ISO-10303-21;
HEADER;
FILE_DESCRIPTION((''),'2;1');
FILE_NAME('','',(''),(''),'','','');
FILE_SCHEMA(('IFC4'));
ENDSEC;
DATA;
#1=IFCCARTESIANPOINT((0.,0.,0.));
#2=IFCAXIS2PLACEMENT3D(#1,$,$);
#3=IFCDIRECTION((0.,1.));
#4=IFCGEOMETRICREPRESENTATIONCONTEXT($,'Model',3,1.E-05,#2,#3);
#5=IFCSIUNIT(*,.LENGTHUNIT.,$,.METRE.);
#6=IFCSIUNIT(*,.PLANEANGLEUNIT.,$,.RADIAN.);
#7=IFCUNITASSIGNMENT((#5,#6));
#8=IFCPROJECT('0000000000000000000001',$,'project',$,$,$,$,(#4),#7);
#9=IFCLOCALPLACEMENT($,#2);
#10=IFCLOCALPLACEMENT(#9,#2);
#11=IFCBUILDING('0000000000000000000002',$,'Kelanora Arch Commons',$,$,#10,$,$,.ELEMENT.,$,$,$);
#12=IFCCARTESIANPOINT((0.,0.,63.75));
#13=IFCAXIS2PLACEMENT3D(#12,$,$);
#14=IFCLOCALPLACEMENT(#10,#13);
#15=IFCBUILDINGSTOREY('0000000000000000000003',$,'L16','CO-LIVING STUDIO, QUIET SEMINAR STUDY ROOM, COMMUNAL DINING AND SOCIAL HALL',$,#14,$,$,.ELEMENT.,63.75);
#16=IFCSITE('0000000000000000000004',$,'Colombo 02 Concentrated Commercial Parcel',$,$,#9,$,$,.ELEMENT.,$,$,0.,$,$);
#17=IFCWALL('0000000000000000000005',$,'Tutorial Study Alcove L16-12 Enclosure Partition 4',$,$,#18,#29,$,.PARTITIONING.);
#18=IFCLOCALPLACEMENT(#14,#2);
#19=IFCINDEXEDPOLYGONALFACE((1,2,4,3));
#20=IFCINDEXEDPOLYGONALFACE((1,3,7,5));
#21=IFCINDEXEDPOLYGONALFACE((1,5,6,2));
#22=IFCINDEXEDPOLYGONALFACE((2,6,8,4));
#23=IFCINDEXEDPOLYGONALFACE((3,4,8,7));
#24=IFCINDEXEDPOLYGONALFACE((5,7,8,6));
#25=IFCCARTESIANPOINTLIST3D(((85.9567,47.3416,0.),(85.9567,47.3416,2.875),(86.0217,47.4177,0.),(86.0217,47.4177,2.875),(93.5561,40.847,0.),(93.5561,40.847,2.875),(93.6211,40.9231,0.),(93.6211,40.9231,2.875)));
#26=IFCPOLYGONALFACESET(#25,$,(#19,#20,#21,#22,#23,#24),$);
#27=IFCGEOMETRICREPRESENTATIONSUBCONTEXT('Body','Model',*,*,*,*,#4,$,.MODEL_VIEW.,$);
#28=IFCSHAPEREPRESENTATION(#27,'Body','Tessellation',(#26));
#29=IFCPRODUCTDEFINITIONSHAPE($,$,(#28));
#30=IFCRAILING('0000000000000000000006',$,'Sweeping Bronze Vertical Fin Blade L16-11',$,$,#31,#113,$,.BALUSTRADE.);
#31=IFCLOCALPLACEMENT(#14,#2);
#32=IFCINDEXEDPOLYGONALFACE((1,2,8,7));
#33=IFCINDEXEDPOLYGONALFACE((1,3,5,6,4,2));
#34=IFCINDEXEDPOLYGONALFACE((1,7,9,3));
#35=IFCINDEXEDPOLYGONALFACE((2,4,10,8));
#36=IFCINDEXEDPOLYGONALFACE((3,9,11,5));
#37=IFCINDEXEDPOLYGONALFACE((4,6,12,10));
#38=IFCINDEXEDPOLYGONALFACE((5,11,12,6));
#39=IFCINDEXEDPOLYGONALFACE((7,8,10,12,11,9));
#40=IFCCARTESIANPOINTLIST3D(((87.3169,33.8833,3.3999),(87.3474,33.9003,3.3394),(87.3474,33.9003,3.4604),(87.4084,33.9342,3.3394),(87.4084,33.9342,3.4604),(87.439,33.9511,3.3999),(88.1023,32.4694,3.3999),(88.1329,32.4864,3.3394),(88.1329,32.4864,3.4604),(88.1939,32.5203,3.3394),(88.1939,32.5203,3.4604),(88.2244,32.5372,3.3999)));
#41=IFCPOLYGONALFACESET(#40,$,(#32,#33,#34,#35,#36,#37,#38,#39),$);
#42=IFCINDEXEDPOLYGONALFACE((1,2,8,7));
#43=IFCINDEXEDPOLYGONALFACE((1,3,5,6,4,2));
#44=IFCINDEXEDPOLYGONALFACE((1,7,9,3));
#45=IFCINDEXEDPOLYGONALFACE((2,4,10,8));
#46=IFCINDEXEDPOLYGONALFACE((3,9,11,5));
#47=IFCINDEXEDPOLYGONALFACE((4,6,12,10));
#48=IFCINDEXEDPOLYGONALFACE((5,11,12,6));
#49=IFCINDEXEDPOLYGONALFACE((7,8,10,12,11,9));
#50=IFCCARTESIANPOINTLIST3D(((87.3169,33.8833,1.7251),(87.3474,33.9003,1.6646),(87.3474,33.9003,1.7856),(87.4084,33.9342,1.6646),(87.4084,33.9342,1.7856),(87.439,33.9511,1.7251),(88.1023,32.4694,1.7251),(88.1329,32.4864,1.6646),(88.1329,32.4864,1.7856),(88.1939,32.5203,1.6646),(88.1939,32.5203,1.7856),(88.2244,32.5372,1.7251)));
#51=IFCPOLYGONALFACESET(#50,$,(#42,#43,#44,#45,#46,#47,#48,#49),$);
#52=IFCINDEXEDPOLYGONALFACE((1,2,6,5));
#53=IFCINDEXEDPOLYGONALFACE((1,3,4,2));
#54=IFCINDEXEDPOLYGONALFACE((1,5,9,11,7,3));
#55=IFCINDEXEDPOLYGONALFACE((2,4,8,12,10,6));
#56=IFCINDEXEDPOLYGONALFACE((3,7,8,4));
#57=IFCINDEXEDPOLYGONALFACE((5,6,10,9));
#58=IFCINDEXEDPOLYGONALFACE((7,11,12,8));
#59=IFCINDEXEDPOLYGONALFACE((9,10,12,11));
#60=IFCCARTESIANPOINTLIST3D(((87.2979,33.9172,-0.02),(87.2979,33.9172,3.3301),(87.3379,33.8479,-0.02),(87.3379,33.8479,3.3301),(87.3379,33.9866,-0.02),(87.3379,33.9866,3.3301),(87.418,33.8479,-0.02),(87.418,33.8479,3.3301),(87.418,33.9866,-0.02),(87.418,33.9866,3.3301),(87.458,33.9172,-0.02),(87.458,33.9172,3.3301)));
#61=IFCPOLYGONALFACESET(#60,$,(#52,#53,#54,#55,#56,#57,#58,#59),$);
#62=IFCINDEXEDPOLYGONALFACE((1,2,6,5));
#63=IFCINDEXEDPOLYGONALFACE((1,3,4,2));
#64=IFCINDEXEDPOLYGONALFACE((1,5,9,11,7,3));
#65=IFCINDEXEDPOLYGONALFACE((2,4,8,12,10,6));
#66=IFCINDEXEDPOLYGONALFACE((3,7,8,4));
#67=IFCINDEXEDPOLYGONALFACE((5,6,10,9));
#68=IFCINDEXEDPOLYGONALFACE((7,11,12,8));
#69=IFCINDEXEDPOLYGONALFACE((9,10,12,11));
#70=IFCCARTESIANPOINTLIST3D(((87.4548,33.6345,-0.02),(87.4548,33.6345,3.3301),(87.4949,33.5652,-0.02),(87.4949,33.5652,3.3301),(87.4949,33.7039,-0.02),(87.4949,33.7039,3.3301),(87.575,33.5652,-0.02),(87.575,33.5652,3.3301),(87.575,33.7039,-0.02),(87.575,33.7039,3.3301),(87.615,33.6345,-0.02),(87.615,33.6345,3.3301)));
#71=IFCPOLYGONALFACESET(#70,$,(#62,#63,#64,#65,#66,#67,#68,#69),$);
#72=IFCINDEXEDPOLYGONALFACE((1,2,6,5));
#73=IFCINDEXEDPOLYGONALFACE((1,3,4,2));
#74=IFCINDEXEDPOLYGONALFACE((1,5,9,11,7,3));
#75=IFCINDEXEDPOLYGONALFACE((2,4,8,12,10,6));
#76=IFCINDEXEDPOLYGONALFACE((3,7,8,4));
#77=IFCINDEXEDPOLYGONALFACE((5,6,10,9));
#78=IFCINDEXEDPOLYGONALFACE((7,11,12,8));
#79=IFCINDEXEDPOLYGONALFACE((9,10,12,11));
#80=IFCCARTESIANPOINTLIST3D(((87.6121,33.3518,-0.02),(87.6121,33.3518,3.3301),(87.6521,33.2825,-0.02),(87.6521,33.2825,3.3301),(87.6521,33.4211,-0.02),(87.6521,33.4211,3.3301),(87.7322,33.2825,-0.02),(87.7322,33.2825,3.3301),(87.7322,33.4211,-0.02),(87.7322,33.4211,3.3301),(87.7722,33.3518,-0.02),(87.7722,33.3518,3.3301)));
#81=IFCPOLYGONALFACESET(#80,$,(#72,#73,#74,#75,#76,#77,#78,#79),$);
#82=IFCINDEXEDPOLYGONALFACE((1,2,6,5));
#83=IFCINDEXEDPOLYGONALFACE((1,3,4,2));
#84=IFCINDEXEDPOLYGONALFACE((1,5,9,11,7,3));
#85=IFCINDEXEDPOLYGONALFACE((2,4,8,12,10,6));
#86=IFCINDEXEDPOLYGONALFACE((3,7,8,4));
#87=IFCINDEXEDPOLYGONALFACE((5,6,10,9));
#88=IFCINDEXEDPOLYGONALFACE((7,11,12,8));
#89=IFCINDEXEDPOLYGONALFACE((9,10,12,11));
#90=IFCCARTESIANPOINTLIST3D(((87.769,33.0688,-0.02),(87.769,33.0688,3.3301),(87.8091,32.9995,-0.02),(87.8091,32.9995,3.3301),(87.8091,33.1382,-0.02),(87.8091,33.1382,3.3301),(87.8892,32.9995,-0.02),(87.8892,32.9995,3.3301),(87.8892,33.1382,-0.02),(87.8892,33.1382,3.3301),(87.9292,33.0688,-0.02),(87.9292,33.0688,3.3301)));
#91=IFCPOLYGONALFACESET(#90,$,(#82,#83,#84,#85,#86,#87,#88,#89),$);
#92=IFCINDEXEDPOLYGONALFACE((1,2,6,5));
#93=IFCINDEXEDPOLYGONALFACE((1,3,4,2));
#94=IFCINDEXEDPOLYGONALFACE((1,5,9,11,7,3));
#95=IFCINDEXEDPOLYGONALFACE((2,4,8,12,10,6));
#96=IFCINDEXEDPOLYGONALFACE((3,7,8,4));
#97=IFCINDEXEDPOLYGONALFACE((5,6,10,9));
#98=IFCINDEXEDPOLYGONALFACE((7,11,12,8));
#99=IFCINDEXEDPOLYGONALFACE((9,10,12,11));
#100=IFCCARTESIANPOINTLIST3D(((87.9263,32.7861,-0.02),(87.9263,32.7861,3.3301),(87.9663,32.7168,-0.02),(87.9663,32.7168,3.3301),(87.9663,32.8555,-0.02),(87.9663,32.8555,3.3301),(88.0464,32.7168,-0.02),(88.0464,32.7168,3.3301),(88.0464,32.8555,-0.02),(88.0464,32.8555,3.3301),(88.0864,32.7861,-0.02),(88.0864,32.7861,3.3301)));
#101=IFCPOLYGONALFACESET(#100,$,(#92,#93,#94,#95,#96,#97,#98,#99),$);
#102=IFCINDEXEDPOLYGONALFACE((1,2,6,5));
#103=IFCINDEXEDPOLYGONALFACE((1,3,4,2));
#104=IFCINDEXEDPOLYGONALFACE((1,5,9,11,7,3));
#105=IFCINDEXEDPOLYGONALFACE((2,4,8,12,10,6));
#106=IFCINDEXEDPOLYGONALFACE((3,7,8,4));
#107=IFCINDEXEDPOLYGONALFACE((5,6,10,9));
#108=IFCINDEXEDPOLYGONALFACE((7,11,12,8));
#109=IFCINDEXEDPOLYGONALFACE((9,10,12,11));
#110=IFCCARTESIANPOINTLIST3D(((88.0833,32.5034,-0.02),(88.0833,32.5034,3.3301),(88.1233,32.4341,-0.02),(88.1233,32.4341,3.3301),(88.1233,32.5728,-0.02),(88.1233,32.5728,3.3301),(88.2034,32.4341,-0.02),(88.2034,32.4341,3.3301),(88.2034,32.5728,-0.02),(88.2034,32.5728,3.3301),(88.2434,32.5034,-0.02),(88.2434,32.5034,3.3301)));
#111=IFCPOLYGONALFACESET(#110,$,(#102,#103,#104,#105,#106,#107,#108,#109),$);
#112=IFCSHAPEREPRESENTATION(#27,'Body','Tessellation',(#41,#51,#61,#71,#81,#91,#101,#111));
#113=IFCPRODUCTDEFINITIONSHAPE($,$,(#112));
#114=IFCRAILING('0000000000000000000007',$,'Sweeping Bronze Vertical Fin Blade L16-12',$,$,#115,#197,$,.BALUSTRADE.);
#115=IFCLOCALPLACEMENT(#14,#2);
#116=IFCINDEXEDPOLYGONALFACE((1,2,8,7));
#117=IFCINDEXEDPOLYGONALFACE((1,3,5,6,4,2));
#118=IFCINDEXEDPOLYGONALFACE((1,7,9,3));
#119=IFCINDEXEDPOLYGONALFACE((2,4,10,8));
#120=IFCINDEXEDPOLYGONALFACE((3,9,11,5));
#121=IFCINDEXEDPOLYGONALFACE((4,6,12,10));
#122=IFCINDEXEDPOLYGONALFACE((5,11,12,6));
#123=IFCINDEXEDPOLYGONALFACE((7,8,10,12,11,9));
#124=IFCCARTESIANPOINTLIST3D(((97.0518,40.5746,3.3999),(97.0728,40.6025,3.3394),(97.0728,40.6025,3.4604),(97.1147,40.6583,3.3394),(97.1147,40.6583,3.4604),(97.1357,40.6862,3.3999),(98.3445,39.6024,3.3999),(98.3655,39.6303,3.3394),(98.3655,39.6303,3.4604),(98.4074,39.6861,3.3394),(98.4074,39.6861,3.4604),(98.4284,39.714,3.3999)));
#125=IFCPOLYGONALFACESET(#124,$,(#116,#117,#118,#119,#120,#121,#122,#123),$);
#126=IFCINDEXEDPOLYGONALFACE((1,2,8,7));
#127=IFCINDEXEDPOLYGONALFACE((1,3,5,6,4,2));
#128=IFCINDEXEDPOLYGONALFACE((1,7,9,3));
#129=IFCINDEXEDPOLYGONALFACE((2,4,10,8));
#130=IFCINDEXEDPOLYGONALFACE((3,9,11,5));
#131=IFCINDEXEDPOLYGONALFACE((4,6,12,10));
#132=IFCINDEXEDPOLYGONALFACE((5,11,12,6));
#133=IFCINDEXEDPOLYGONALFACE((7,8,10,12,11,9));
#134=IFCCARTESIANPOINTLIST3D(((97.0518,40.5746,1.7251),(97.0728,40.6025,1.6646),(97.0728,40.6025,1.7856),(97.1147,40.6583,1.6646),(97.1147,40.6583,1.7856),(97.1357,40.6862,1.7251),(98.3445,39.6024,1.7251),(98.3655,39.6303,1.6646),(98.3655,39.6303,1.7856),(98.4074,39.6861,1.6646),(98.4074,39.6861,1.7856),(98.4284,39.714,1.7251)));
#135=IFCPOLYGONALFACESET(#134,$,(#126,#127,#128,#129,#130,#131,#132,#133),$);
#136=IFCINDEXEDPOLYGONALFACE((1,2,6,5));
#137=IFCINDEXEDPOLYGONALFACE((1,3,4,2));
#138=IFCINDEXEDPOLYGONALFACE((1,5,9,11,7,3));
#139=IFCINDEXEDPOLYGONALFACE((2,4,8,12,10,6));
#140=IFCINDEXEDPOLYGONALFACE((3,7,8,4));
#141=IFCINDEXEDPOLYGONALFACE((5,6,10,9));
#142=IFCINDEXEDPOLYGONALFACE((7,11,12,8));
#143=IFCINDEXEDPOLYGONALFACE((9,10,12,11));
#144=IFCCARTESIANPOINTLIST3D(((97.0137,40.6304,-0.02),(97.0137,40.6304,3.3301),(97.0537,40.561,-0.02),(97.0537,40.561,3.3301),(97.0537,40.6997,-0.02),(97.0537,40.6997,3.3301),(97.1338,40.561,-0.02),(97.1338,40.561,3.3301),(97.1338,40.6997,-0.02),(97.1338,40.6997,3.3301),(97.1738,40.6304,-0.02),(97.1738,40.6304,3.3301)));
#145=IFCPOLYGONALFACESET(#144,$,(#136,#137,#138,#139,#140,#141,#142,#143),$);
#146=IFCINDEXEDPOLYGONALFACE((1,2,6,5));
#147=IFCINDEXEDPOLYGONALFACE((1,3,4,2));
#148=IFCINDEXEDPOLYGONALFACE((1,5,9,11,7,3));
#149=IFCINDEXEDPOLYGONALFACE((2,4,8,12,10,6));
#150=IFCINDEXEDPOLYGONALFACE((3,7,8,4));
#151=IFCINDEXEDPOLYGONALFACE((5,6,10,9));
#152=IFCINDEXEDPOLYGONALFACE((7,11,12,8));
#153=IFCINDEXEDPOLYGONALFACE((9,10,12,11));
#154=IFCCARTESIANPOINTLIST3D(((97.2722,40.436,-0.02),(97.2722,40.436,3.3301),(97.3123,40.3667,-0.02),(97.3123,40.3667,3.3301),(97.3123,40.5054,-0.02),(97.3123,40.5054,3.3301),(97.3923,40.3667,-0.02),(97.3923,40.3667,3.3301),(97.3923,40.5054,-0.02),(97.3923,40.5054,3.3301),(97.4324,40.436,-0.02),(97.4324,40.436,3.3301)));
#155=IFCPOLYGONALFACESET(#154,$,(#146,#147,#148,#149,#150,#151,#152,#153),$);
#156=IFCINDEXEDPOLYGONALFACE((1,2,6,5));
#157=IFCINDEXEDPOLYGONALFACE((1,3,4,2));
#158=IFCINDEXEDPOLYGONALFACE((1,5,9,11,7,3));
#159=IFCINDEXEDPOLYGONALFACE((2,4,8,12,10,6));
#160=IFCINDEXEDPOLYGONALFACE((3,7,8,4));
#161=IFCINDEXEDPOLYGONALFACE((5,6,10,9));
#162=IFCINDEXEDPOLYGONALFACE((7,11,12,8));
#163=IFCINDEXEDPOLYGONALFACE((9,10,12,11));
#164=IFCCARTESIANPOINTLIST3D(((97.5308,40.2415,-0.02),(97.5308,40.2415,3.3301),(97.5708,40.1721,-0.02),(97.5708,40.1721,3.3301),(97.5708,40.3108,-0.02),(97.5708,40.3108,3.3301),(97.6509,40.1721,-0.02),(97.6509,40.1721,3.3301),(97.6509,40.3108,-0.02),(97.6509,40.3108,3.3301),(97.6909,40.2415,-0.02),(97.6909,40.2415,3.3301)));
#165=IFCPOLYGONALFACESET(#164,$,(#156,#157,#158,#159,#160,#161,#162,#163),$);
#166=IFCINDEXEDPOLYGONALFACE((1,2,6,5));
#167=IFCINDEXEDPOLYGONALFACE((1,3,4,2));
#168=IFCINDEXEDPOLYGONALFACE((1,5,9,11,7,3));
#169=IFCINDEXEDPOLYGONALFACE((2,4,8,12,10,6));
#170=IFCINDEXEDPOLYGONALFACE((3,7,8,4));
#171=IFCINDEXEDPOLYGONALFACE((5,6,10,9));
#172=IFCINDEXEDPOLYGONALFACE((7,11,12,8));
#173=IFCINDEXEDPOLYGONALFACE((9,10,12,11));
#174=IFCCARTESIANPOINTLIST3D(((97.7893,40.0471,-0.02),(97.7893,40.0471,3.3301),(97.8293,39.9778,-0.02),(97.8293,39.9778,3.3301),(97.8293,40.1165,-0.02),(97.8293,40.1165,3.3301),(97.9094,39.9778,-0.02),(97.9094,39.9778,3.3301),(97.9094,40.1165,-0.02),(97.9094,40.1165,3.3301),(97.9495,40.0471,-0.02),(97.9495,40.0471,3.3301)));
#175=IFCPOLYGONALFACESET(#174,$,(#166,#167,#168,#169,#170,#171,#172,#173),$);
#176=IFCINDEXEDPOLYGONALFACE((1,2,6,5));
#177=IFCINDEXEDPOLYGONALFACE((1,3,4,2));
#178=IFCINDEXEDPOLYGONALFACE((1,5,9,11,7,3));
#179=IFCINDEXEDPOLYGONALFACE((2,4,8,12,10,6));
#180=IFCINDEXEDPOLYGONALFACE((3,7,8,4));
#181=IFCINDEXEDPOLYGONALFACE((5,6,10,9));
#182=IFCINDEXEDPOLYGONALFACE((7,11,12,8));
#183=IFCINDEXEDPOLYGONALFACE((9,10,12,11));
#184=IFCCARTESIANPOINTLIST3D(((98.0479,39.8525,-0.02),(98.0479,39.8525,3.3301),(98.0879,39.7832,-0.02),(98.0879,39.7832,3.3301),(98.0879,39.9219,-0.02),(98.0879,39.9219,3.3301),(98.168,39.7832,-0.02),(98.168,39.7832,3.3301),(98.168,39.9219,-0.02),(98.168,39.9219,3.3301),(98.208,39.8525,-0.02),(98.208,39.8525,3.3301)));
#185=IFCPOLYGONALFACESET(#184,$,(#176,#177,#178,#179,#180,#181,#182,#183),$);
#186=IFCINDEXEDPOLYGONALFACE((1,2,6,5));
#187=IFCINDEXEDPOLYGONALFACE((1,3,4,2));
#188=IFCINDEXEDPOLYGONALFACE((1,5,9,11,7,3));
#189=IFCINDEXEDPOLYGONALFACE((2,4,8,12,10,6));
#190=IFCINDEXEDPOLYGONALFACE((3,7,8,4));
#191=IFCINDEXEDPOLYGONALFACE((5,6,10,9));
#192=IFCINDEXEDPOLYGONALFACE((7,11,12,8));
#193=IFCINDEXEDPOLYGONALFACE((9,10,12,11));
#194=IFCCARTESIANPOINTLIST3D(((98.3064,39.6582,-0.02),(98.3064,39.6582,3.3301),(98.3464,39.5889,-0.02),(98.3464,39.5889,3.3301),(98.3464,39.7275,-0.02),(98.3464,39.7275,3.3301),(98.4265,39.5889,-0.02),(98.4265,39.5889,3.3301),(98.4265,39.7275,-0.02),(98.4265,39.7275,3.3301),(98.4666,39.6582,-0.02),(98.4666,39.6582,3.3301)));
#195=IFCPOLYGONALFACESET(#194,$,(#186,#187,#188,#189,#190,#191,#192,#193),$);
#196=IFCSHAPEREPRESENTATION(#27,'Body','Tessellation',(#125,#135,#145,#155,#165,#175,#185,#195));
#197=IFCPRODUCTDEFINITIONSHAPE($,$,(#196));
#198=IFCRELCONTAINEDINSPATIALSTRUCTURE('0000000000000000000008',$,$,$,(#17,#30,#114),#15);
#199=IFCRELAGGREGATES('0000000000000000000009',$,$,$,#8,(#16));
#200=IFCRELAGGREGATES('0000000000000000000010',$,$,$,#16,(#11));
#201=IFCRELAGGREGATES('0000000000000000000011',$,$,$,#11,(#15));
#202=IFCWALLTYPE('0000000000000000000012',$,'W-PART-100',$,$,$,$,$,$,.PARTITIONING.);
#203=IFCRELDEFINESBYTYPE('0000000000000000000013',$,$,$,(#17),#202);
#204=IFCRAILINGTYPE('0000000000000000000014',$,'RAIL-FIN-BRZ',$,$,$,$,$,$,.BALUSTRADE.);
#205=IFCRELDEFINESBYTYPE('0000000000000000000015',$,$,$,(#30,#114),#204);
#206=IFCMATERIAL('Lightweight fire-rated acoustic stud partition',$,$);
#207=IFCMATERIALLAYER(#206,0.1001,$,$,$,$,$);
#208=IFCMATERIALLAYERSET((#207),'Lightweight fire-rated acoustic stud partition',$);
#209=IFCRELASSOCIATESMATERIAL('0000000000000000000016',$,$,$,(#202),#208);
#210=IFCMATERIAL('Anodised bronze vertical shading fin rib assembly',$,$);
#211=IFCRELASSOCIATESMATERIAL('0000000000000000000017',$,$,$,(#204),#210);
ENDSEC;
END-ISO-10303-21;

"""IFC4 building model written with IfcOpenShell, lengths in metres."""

from ifc_helpers import new_model, si_unit, direction, frame, frame_2d, origin, place, context, subcontext, project, spatial, polyline, rectangle, outline, extrude, material, layer, layer_set, type_object, element, save


model = new_model("IFC4")

# Units and contexts
model_context = context("Model", 3, precision=1e-05, world=origin(), true_north=direction((0.0, 1.0)))
body_context = subcontext(model_context, "Body", "Model", "MODEL_VIEW")
ifc_project = project(units=[si_unit("LENGTHUNIT", "METRE"), si_unit("PLANEANGLEUNIT", "RADIAN")], contexts=[model_context])

# Site, building, storey
site_placement = place(None, origin())
site = spatial("IfcSite", under=ifc_project, at=site_placement, Name="Colombo 02 Concentrated Commercial Parcel", CompositionType="ELEMENT", RefElevation=0.0)
building_placement = place(site_placement, origin())
building = spatial("IfcBuilding", under=site, at=building_placement, Name="Kelanora Arch Commons", CompositionType="ELEMENT")
storey_placement = place(building_placement, frame((0.0, 0.0, 63.75)))
storey = spatial("IfcBuildingStorey", under=building, at=storey_placement, Name="L16", Description="CO-LIVING STUDIO, QUIET SEMINAR STUDY ROOM, COMMUNAL DINING AND SOCIAL HALL", CompositionType="ELEMENT", Elevation=63.75)

# Wall
ifc_material_1 = material(Name="Lightweight fire-rated acoustic stud partition")
ifc_layer_1 = layer(ifc_material_1, 0.1001)
ifc_layer_set_1 = layer_set([ifc_layer_1], Name="Lightweight fire-rated acoustic stud partition")
wall_type_1 = type_object("IfcWallType", Name="W-PART-100", PredefinedType="PARTITIONING", material=ifc_layer_set_1)
wall_1_placement = place(storey_placement, frame((93.5886, 40.885, 0.0), z_axis=(0.0, 0.0, 1.0), x_axis=(-0.760201, 0.649689, 0.0)))
element("IfcWall", 1, at=wall_1_placement, inside=storey, type_object=wall_type_1, Name="Tutorial Study Alcove L16-12 Enclosure Partition 4", PredefinedType="PARTITIONING", context=body_context, shape_type="SweptSolid", body=[
    extrude(rectangle(XDim=9.9966, YDim=0.1001, at=frame_2d((4.9983, 0.0))), origin(), (0.0, 0.0, 1.0), 2.875),
])

# Railings
ifc_material_2 = material(Name="Anodised bronze vertical shading fin rib assembly")
railing_type = type_object("IfcRailingType", Name="RAIL-FIN-BRZ", PredefinedType="BALUSTRADE", material=ifc_material_2)
railing_1_placement = place(storey_placement, frame((87.3779, 33.9172, -0.02)))
element("IfcRailing", 2, at=railing_1_placement, inside=storey, type_object=railing_type, Name="Sweeping Bronze Vertical Fin Blade L16-11", PredefinedType="BALUSTRADE", context=body_context, shape_type="SweptSolid", body=[
    extrude(outline(polyline([(0.0698, 0.0), (0.0349, 0.0605), (-0.0349, 0.0605), (-0.0698, 0.0), (-0.0349, -0.0605), (0.0349, -0.0605), (0.0698, 0.0)])), frame((0.0, 0.0, 3.4199), z_axis=(0.485617, -0.874172, 0.0), x_axis=(0.874172, 0.485617, 0.0)), (0.0, 0.0, 1.0), 1.6174),
    extrude(outline(polyline([(0.0698, 0.0), (0.0349, 0.0605), (-0.0349, 0.0605), (-0.0698, 0.0), (-0.0349, -0.0605), (0.0349, -0.0605), (0.0698, 0.0)])), frame((0.0, 0.0, 1.7451), z_axis=(0.485617, -0.874172, 0.0), x_axis=(0.874172, 0.485617, 0.0)), (0.0, 0.0, 1.0), 1.6174),
    extrude(outline(polyline([(0.0801, 0.0), (0.04, 0.0693), (-0.04, 0.0693), (-0.0801, 0.0), (-0.04, -0.0693), (0.04, -0.0693), (0.0801, 0.0)])), origin(), (0.0, 0.0, 1.0), 3.3501),
    extrude(outline(polyline([(0.0801, 0.0), (0.04, 0.0693), (-0.04, 0.0693), (-0.0801, 0.0), (-0.04, -0.0693), (0.04, -0.0693), (0.0801, 0.0)])), frame((0.157, -0.2827, 0.0)), (0.0, 0.0, 1.0), 3.3501),
    extrude(outline(polyline([(0.0801, 0.0), (0.04, 0.0693), (-0.04, 0.0693), (-0.0801, 0.0), (-0.04, -0.0693), (0.04, -0.0693), (0.0801, 0.0)])), frame((0.3142, -0.5654, 0.0)), (0.0, 0.0, 1.0), 3.3501),
    extrude(outline(polyline([(0.0801, 0.0), (0.04, 0.0693), (-0.04, 0.0693), (-0.0801, 0.0), (-0.04, -0.0693), (0.04, -0.0693), (0.0801, 0.0)])), frame((0.4712, -0.8484, 0.0)), (0.0, 0.0, 1.0), 3.3501),
    extrude(outline(polyline([(0.0801, 0.0), (0.04, 0.0693), (-0.04, 0.0693), (-0.0801, 0.0), (-0.04, -0.0693), (0.04, -0.0693), (0.0801, 0.0)])), frame((0.6284, -1.1311, 0.0)), (0.0, 0.0, 1.0), 3.3501),
    extrude(outline(polyline([(0.0801, 0.0), (0.04, 0.0693), (-0.04, 0.0693), (-0.0801, 0.0), (-0.04, -0.0693), (0.04, -0.0693), (0.0801, 0.0)])), frame((0.7854, -1.4138, 0.0)), (0.0, 0.0, 1.0), 3.3501),
])
railing_2_placement = place(storey_placement, frame((97.0938, 40.6304, -0.02)))
element("IfcRailing", 3, at=railing_2_placement, inside=storey, type_object=railing_type, Name="Sweeping Bronze Vertical Fin Blade L16-12", PredefinedType="BALUSTRADE", context=body_context, shape_type="SweptSolid", body=[
    extrude(outline(polyline([(0.0698, 0.0), (0.0349, 0.0605), (-0.0349, 0.0605), (-0.0698, 0.0), (-0.0349, -0.0605), (0.0349, -0.0605), (0.0698, 0.0)])), frame((0.0, 0.0, 3.4199), z_axis=(0.79922, -0.601038, 0.0), x_axis=(0.601038, 0.79922, 0.0)), (0.0, 0.0, 1.0), 1.6174),
    extrude(outline(polyline([(0.0698, 0.0), (0.0349, 0.0605), (-0.0349, 0.0605), (-0.0698, 0.0), (-0.0349, -0.0605), (0.0349, -0.0605), (0.0698, 0.0)])), frame((0.0, 0.0, 1.7451), z_axis=(0.79922, -0.601038, 0.0), x_axis=(0.601038, 0.79922, 0.0)), (0.0, 0.0, 1.0), 1.6174),
    extrude(outline(polyline([(0.0801, 0.0), (0.04, 0.0693), (-0.04, 0.0693), (-0.0801, 0.0), (-0.04, -0.0693), (0.04, -0.0693), (0.0801, 0.0)])), origin(), (0.0, 0.0, 1.0), 3.3501),
    extrude(outline(polyline([(0.0801, 0.0), (0.04, 0.0693), (-0.04, 0.0693), (-0.0801, 0.0), (-0.04, -0.0693), (0.04, -0.0693), (0.0801, 0.0)])), frame((0.2585, -0.1943, 0.0)), (0.0, 0.0, 1.0), 3.3501),
    extrude(outline(polyline([(0.0801, 0.0), (0.04, 0.0693), (-0.04, 0.0693), (-0.0801, 0.0), (-0.04, -0.0693), (0.04, -0.0693), (0.0801, 0.0)])), frame((0.5171, -0.3889, 0.0)), (0.0, 0.0, 1.0), 3.3501),
    extrude(outline(polyline([(0.0801, 0.0), (0.04, 0.0693), (-0.04, 0.0693), (-0.0801, 0.0), (-0.04, -0.0693), (0.04, -0.0693), (0.0801, 0.0)])), frame((0.7756, -0.5833, 0.0)), (0.0, 0.0, 1.0), 3.3501),
    extrude(outline(polyline([(0.0801, 0.0), (0.04, 0.0693), (-0.04, 0.0693), (-0.0801, 0.0), (-0.04, -0.0693), (0.04, -0.0693), (0.0801, 0.0)])), frame((1.0342, -0.7778, 0.0)), (0.0, 0.0, 1.0), 3.3501),
    extrude(outline(polyline([(0.0801, 0.0), (0.04, 0.0693), (-0.04, 0.0693), (-0.0801, 0.0), (-0.04, -0.0693), (0.04, -0.0693), (0.0801, 0.0)])), frame((1.2927, -0.9722, 0.0)), (0.0, 0.0, 1.0), 3.3501),
])

save(model, "model.ifc")
